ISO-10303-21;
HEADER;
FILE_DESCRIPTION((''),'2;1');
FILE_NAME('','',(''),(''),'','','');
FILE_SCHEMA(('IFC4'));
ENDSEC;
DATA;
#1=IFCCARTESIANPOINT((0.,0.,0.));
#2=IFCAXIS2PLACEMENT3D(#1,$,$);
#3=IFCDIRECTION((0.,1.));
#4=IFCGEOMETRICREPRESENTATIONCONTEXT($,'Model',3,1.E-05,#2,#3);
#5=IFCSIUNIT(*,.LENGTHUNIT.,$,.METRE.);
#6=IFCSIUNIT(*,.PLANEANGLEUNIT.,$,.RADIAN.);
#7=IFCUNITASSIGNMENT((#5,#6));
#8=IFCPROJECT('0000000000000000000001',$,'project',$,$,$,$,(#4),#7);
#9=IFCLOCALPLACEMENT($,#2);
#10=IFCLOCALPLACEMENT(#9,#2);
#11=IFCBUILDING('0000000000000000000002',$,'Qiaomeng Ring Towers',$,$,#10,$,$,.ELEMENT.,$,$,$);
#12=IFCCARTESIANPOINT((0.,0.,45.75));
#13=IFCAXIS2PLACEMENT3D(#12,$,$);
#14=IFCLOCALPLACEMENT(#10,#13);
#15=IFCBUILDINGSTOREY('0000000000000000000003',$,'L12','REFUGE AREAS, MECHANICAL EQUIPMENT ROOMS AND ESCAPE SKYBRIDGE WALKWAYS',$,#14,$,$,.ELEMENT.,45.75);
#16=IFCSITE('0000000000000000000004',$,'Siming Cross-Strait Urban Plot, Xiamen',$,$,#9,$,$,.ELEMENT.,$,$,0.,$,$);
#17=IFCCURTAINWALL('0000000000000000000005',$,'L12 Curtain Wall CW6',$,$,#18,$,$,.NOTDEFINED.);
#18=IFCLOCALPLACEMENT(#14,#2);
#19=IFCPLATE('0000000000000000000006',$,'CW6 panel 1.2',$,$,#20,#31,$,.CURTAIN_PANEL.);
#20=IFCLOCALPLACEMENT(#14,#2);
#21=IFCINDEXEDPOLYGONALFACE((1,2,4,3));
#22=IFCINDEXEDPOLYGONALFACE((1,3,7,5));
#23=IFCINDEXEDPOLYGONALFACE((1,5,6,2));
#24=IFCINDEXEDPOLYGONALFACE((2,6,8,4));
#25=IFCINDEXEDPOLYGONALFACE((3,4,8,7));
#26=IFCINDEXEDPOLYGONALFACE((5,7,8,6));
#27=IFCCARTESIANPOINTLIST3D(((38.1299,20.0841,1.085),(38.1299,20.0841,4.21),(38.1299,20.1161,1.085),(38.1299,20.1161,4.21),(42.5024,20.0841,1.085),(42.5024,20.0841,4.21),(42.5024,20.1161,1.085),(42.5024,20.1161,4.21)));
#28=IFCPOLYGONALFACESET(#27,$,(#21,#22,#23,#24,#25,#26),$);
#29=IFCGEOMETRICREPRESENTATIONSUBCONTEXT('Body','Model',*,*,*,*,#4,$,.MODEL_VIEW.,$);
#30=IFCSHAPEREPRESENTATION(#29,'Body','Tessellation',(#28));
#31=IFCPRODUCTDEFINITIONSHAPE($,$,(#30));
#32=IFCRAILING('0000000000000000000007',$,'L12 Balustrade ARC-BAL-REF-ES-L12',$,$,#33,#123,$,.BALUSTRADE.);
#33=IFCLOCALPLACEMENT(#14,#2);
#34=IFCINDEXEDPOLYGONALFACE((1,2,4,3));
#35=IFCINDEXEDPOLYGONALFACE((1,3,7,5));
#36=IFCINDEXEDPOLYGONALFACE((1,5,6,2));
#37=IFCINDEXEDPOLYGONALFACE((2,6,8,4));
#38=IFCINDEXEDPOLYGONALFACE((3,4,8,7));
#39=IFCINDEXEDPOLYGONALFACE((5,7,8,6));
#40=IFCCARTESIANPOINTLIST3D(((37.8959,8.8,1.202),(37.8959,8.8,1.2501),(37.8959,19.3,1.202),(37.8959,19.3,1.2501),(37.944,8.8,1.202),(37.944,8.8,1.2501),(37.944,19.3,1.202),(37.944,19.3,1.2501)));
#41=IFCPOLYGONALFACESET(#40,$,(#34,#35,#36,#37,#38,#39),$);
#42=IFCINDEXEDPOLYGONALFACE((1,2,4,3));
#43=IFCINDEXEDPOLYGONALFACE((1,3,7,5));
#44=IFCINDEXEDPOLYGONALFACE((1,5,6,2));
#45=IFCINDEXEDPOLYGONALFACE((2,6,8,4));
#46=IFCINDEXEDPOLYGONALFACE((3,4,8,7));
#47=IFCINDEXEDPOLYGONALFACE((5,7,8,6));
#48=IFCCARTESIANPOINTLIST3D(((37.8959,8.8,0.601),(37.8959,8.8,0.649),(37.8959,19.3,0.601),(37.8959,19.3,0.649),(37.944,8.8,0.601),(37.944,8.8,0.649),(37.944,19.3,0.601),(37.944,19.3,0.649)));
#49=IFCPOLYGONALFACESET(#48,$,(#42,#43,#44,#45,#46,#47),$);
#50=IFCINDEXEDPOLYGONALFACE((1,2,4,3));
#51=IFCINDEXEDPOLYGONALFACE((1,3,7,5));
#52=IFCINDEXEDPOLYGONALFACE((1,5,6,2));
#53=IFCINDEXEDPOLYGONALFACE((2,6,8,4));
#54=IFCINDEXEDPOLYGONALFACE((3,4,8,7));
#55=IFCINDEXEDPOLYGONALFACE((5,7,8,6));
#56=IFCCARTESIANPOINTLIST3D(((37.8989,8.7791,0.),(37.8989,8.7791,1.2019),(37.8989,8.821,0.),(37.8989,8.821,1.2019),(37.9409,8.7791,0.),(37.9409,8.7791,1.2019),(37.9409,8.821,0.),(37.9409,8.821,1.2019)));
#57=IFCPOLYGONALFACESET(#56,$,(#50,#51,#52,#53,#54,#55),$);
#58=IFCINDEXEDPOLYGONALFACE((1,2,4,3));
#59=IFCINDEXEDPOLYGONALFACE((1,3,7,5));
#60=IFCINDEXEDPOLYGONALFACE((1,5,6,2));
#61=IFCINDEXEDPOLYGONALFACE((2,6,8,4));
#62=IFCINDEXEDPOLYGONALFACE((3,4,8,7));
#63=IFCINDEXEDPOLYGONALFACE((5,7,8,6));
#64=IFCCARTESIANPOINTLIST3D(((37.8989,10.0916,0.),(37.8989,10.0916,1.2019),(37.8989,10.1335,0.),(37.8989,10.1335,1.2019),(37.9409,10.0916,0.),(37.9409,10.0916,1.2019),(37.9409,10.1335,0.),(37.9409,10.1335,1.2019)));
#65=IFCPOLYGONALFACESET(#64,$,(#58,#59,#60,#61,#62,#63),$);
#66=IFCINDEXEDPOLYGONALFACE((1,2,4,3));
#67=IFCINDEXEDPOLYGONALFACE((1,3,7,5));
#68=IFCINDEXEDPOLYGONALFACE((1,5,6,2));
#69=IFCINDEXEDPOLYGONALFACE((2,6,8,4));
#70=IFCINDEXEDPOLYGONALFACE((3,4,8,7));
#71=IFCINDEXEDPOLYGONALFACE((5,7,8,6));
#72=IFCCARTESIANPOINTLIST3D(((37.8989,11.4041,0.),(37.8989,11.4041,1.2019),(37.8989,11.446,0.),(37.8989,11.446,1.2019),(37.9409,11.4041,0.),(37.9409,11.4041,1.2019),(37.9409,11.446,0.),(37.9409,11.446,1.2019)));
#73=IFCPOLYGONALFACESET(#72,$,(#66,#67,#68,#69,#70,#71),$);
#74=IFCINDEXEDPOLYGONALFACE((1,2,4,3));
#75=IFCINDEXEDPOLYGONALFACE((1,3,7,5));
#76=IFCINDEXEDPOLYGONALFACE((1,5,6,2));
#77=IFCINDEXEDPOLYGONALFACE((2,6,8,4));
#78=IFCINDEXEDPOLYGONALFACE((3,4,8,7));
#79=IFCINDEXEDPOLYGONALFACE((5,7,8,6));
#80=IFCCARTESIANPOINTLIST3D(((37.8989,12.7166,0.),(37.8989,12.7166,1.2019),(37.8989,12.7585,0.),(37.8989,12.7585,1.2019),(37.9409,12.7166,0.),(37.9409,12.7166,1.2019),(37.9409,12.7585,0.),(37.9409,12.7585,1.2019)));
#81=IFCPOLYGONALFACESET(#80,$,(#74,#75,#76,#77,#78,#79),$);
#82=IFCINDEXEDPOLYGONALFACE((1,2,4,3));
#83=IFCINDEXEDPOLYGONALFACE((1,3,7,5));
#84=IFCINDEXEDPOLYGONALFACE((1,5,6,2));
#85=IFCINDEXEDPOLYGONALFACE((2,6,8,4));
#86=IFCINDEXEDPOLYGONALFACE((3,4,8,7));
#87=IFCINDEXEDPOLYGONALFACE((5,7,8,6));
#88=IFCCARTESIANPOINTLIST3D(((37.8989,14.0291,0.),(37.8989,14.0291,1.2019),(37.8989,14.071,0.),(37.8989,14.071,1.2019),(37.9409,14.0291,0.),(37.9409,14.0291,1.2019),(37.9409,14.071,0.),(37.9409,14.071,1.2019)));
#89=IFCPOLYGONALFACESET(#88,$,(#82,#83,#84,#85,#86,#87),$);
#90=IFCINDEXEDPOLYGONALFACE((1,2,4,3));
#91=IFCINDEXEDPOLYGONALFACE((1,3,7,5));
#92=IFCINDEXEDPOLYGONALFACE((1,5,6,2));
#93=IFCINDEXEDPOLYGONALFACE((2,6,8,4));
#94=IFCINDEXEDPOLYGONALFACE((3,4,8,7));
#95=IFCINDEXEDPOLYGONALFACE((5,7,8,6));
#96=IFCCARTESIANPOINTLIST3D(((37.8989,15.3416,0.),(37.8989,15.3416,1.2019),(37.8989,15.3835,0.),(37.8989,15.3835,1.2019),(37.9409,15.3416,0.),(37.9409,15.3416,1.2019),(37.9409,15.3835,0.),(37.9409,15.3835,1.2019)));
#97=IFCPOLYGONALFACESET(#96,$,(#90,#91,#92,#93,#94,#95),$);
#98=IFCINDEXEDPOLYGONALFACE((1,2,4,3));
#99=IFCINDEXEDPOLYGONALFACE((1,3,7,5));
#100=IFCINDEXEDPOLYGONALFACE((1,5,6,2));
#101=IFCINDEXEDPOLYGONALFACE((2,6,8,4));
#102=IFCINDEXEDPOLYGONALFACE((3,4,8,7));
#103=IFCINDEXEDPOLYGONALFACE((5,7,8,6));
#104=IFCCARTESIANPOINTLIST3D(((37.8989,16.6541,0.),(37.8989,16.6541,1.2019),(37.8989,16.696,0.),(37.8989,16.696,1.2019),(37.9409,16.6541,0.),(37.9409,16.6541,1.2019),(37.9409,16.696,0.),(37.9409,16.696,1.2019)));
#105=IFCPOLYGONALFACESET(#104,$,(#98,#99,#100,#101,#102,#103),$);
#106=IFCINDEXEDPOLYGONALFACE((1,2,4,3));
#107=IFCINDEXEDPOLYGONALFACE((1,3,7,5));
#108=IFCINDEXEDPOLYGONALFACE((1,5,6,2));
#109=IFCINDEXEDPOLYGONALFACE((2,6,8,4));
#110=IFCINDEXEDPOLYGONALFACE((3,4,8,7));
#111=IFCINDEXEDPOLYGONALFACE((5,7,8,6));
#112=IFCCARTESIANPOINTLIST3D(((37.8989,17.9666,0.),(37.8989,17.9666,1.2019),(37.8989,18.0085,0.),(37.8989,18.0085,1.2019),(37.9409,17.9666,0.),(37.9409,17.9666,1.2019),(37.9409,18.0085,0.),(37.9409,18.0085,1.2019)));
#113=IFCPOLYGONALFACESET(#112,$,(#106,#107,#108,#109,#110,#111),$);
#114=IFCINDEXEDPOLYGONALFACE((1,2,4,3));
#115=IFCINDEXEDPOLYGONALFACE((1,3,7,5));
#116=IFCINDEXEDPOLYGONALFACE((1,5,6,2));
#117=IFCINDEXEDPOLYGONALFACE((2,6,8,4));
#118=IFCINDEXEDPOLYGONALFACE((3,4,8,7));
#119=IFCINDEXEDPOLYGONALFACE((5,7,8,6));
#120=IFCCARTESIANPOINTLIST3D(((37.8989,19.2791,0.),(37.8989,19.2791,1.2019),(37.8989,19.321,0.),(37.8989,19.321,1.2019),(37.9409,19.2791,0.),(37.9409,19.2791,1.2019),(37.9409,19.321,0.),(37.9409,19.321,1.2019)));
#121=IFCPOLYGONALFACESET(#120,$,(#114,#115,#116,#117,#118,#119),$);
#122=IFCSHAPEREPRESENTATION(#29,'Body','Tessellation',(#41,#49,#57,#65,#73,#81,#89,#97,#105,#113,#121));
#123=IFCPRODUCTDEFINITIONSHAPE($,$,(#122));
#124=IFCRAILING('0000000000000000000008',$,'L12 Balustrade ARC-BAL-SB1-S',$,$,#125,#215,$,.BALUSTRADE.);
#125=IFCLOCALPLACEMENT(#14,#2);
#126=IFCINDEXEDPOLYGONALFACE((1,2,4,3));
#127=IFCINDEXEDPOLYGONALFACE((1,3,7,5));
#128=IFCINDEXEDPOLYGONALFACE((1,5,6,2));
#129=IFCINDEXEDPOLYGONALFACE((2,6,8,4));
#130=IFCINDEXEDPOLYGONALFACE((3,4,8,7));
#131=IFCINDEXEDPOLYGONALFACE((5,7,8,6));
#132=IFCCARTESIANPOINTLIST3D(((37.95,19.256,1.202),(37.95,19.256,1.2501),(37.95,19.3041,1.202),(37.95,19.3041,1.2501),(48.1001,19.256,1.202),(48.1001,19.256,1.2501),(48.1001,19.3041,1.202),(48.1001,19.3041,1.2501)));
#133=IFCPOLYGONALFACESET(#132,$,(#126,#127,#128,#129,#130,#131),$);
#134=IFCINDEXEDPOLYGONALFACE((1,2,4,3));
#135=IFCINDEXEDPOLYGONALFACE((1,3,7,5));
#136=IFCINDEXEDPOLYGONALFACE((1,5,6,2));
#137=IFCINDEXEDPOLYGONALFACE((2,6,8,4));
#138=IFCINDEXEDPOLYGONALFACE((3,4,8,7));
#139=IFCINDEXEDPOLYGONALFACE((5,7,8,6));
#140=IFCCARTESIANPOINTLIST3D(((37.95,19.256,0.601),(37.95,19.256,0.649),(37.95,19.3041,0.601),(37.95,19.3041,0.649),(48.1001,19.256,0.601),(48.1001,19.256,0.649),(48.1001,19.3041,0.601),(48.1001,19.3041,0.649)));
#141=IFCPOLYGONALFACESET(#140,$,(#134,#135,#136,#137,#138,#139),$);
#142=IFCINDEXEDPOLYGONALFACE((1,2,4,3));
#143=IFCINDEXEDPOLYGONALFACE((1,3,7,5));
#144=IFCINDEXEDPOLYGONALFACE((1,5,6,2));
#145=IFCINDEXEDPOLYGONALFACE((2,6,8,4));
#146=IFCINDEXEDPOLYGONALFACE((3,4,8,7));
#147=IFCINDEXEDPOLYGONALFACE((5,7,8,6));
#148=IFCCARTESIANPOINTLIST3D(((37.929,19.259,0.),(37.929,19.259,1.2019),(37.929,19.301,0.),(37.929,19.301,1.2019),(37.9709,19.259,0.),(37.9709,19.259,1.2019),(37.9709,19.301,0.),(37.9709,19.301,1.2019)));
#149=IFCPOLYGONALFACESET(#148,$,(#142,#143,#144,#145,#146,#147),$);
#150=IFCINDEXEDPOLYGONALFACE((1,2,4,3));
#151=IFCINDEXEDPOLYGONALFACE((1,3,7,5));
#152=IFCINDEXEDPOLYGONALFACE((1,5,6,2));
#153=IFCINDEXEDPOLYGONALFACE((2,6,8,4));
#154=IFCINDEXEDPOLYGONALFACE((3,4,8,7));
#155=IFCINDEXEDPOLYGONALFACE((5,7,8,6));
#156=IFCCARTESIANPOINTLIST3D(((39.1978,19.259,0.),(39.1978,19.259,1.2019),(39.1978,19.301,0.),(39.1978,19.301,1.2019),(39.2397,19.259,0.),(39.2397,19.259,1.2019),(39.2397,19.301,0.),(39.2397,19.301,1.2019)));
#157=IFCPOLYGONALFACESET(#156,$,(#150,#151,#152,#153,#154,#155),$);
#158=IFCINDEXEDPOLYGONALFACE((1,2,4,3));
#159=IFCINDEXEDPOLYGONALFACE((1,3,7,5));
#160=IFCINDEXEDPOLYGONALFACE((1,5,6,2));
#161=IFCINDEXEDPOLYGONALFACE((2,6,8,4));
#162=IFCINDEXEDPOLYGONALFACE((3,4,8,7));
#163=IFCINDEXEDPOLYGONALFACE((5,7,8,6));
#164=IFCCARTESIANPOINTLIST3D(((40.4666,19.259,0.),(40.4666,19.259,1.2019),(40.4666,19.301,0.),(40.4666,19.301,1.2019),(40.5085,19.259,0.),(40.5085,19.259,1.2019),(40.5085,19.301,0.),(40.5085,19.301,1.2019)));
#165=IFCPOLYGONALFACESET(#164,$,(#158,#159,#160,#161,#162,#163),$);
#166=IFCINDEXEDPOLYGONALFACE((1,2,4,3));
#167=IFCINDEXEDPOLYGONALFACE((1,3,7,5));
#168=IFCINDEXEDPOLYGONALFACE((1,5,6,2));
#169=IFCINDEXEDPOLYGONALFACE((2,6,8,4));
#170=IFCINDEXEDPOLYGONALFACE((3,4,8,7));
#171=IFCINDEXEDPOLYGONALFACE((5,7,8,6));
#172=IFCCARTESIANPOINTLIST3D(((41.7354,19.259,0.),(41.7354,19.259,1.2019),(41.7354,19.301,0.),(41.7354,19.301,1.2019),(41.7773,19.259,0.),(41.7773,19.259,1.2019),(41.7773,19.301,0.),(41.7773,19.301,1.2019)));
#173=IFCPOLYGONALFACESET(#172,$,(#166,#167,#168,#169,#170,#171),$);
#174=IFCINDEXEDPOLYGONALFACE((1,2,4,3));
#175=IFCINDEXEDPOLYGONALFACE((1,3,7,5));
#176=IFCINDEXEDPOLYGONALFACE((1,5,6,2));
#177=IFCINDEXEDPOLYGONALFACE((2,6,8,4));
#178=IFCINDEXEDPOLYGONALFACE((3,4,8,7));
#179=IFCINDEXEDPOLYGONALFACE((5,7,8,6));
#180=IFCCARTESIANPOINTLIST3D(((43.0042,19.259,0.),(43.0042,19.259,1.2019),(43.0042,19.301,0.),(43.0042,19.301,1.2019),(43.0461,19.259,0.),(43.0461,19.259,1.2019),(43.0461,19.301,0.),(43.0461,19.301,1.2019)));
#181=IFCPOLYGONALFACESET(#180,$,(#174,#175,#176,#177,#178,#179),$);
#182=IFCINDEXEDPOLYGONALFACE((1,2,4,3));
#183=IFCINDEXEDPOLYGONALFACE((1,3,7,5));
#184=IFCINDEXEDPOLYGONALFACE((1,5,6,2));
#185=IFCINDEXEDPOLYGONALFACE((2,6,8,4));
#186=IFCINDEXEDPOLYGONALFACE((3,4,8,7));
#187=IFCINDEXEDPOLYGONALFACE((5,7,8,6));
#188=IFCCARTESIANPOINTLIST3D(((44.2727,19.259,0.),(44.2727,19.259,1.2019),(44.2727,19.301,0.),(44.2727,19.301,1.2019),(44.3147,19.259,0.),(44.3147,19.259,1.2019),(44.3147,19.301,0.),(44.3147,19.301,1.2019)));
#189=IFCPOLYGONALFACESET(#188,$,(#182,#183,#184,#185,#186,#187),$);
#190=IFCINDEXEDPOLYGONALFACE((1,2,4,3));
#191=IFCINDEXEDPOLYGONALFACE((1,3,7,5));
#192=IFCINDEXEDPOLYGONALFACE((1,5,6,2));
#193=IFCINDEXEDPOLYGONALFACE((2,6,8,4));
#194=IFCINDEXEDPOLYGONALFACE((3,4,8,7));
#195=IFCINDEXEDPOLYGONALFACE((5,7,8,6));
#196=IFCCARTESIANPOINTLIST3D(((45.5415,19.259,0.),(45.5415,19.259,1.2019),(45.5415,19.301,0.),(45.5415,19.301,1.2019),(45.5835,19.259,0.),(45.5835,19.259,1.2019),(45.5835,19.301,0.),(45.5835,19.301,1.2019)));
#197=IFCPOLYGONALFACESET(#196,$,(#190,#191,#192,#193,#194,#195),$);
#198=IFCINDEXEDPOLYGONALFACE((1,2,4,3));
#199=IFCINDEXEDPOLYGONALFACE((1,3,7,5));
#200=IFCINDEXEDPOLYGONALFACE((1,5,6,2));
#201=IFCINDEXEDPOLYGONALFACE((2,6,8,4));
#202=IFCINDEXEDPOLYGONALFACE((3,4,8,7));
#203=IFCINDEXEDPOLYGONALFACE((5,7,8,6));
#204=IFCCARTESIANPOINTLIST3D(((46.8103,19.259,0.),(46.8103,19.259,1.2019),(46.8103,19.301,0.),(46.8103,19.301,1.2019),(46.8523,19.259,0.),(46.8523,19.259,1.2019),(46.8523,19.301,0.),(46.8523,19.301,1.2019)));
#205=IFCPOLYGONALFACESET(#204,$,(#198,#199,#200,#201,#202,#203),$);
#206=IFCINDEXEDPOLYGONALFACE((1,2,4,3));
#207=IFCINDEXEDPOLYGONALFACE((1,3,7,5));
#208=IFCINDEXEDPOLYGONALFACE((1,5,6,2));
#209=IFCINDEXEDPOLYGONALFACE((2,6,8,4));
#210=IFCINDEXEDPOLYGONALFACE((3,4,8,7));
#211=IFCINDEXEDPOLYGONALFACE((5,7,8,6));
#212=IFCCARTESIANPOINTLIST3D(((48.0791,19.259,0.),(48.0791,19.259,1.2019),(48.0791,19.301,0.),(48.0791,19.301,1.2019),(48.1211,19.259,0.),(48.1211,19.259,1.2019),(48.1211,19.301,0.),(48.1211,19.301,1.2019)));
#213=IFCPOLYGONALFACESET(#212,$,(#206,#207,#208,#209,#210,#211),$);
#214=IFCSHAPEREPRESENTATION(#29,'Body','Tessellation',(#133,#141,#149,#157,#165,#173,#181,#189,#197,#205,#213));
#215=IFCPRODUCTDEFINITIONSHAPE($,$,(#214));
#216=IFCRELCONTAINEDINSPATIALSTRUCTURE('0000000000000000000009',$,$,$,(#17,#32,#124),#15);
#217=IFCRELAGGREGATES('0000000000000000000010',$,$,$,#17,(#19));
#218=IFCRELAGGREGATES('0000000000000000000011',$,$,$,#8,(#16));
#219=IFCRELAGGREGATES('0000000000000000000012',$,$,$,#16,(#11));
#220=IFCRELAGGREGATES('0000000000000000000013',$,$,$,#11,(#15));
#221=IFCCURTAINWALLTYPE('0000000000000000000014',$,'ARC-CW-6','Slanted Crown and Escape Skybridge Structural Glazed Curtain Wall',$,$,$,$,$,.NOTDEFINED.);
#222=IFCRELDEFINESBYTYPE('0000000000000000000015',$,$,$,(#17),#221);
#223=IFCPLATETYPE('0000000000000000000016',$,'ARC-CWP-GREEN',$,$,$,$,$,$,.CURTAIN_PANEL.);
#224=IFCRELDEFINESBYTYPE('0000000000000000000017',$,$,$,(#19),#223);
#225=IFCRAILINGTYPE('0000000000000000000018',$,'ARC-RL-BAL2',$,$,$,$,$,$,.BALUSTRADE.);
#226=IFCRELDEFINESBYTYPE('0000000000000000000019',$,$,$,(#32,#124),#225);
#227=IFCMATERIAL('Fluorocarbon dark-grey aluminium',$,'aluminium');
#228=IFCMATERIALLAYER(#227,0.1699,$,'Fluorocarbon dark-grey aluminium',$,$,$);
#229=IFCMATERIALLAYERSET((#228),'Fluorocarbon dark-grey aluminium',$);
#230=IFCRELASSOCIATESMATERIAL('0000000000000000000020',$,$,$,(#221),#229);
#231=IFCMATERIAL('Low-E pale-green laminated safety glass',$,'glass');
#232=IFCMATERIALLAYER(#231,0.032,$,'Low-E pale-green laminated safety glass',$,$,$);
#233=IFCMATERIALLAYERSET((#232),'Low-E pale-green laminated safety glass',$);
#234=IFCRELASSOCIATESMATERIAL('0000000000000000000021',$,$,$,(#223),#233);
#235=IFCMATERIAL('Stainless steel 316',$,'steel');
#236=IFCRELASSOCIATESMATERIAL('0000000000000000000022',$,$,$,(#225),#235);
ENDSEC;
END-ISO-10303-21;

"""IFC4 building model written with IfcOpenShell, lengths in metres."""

from ifc_helpers import new_model, si_unit, direction, frame, origin, origin_2d, place, context, subcontext, project, spatial, rectangle, extrude, source, transform, mapped, material, layer, layer_set, type_object, element, aggregate, save


model = new_model("IFC4")

# Units and contexts
model_context = context("Model", 3, precision=1e-05, world=origin(), true_north=direction((0.0, 1.0)))
body_context = subcontext(model_context, "Body", "Model", "MODEL_VIEW")
ifc_project = project(units=[si_unit("LENGTHUNIT", "METRE"), si_unit("PLANEANGLEUNIT", "RADIAN")], contexts=[model_context])

# Site, building, storey
site_placement = place(None, origin())
site = spatial("IfcSite", under=ifc_project, at=site_placement, Name="Siming Cross-Strait Urban Plot, Xiamen", CompositionType="ELEMENT", RefElevation=0.0)
building_placement = place(site_placement, origin())
building = spatial("IfcBuilding", under=site, at=building_placement, Name="Qiaomeng Ring Towers", CompositionType="ELEMENT")
storey_placement = place(building_placement, frame((0.0, 0.0, 45.75)))
storey = spatial("IfcBuildingStorey", under=building, at=storey_placement, Name="L12", Description="REFUGE AREAS, MECHANICAL EQUIPMENT ROOMS AND ESCAPE SKYBRIDGE WALKWAYS", CompositionType="ELEMENT", Elevation=45.75)

# Curtain wall
ifc_material_1 = material(Name="Fluorocarbon dark-grey aluminium", Category="aluminium")
ifc_layer_1 = layer(ifc_material_1, 0.1699, Name="Fluorocarbon dark-grey aluminium")
ifc_layer_set_1 = layer_set([ifc_layer_1], Name="Fluorocarbon dark-grey aluminium")
curtain_wall_type = type_object("IfcCurtainWallType", Name="ARC-CW-6", Description="Slanted Crown and Escape Skybridge Structural Glazed Curtain Wall", PredefinedType="NOTDEFINED", material=ifc_layer_set_1)
curtain_wall_placement = place(storey_placement, origin())
curtain_wall = element("IfcCurtainWall", 1, at=curtain_wall_placement, inside=storey, type_object=curtain_wall_type, Name="L12 Curtain Wall CW6", PredefinedType="NOTDEFINED")

# Plate
ifc_material_2 = material(Name="Low-E pale-green laminated safety glass", Category="glass")
ifc_layer_2 = layer(ifc_material_2, 0.032, Name="Low-E pale-green laminated safety glass")
ifc_layer_set_2 = layer_set([ifc_layer_2], Name="Low-E pale-green laminated safety glass")
plate_type_1 = type_object("IfcPlateType", Name="ARC-CWP-GREEN", PredefinedType="CURTAIN_PANEL", material=ifc_layer_set_2)
shared_shape_1 = source(origin(), body_context, "Body", "SweptSolid", [
    extrude(rectangle(XDim=4.3726, YDim=0.032, at=origin_2d()), origin(), (0.0, 0.0, 1.0), 3.125),
])
plate_1_placement = place(storey_placement, frame((40.3162, 20.1001, 1.085), z_axis=(0.0, 0.0, 1.0), x_axis=(1.0, 0.0, 0.0)))
plate_1 = element("IfcPlate", 2, at=plate_1_placement, type_object=plate_type_1, Name="CW6 panel 1.2", PredefinedType="CURTAIN_PANEL", context=body_context, shape_type="MappedRepresentation", body=[
    mapped(shared_shape_1, transform((0.0, 0.0, 0.0), x_axis=(1.0, 0.0, 0.0), y_axis=(0.0, 1.0, 0.0), z_axis=(0.0, 0.0, 1.0), scale=1.0)),
])
aggregate(curtain_wall, [plate_1])

# Railings
ifc_material_3 = material(Name="Stainless steel 316", Category="steel")
railing_type = type_object("IfcRailingType", Name="ARC-RL-BAL2", PredefinedType="BALUSTRADE", material=ifc_material_3)
railing_1_placement = place(storey_placement, frame((37.9199, 8.8, 0.0)))
element("IfcRailing", 3, at=railing_1_placement, inside=storey, type_object=railing_type, Name="L12 Balustrade ARC-BAL-REF-ES-L12", PredefinedType="BALUSTRADE", context=body_context, shape_type="SweptSolid", body=[
    extrude(rectangle(XDim=0.0481, YDim=0.0481, at=origin_2d()), frame((0.0, 0.0, 1.2261), z_axis=(0.0, 1.0, 0.0), x_axis=(-1.0, 0.0, 0.0)), (0.0, 0.0, 1.0), 10.5),
    extrude(rectangle(XDim=0.0481, YDim=0.0481, at=origin_2d()), frame((0.0, 0.0, 0.625), z_axis=(0.0, 1.0, 0.0), x_axis=(-1.0, 0.0, 0.0)), (0.0, 0.0, 1.0), 10.5),
    extrude(rectangle(XDim=0.042, YDim=0.042, at=origin_2d()), origin(), (0.0, 0.0, 1.0), 1.2019),
    extrude(rectangle(XDim=0.042, YDim=0.042, at=origin_2d()), frame((0.0, 1.3125, 0.0)), (0.0, 0.0, 1.0), 1.2019),
    extrude(rectangle(XDim=0.042, YDim=0.042, at=origin_2d()), frame((0.0, 2.625, 0.0)), (0.0, 0.0, 1.0), 1.2019),
    extrude(rectangle(XDim=0.042, YDim=0.042, at=origin_2d()), frame((0.0, 3.9375, 0.0)), (0.0, 0.0, 1.0), 1.2019),
    extrude(rectangle(XDim=0.042, YDim=0.042, at=origin_2d()), frame((0.0, 5.25, 0.0)), (0.0, 0.0, 1.0), 1.2019),
    extrude(rectangle(XDim=0.042, YDim=0.042, at=origin_2d()), frame((0.0, 6.5625, 0.0)), (0.0, 0.0, 1.0), 1.2019),
    extrude(rectangle(XDim=0.042, YDim=0.042, at=origin_2d()), frame((0.0, 7.875, 0.0)), (0.0, 0.0, 1.0), 1.2019),
    extrude(rectangle(XDim=0.042, YDim=0.042, at=origin_2d()), frame((0.0, 9.1875, 0.0)), (0.0, 0.0, 1.0), 1.2019),
    extrude(rectangle(XDim=0.042, YDim=0.042, at=origin_2d()), frame((0.0, 10.5, 0.0)), (0.0, 0.0, 1.0), 1.2019),
])
railing_2_placement = place(storey_placement, frame((37.95, 19.28, 0.0)))
element("IfcRailing", 4, at=railing_2_placement, inside=storey, type_object=railing_type, Name="L12 Balustrade ARC-BAL-SB1-S", PredefinedType="BALUSTRADE", context=body_context, shape_type="SweptSolid", body=[
    extrude(rectangle(XDim=0.0481, YDim=0.0481, at=origin_2d()), frame((0.0, 0.0, 1.2261), z_axis=(1.0, 0.0, 0.0), x_axis=(0.0, 1.0, 0.0)), (0.0, 0.0, 1.0), 10.1501),
    extrude(rectangle(XDim=0.0481, YDim=0.0481, at=origin_2d()), frame((0.0, 0.0, 0.625), z_axis=(1.0, 0.0, 0.0), x_axis=(0.0, 1.0, 0.0)), (0.0, 0.0, 1.0), 10.1501),
    extrude(rectangle(XDim=0.042, YDim=0.042, at=origin_2d()), origin(), (0.0, 0.0, 1.0), 1.2019),
    extrude(rectangle(XDim=0.042, YDim=0.042, at=origin_2d()), frame((1.2688, 0.0, 0.0)), (0.0, 0.0, 1.0), 1.2019),
    extrude(rectangle(XDim=0.042, YDim=0.042, at=origin_2d()), frame((2.5376, 0.0, 0.0)), (0.0, 0.0, 1.0), 1.2019),
    extrude(rectangle(XDim=0.042, YDim=0.042, at=origin_2d()), frame((3.8064, 0.0, 0.0)), (0.0, 0.0, 1.0), 1.2019),
    extrude(rectangle(XDim=0.042, YDim=0.042, at=origin_2d()), frame((5.0752, 0.0, 0.0)), (0.0, 0.0, 1.0), 1.2019),
    extrude(rectangle(XDim=0.042, YDim=0.042, at=origin_2d()), frame((6.3438, 0.0, 0.0)), (0.0, 0.0, 1.0), 1.2019),
    extrude(rectangle(XDim=0.042, YDim=0.042, at=origin_2d()), frame((7.6125, 0.0, 0.0)), (0.0, 0.0, 1.0), 1.2019),
    extrude(rectangle(XDim=0.042, YDim=0.042, at=origin_2d()), frame((8.8813, 0.0, 0.0)), (0.0, 0.0, 1.0), 1.2019),
    extrude(rectangle(XDim=0.042, YDim=0.042, at=origin_2d()), frame((10.1501, 0.0, 0.0)), (0.0, 0.0, 1.0), 1.2019),
])

save(model, "model.ifc")
